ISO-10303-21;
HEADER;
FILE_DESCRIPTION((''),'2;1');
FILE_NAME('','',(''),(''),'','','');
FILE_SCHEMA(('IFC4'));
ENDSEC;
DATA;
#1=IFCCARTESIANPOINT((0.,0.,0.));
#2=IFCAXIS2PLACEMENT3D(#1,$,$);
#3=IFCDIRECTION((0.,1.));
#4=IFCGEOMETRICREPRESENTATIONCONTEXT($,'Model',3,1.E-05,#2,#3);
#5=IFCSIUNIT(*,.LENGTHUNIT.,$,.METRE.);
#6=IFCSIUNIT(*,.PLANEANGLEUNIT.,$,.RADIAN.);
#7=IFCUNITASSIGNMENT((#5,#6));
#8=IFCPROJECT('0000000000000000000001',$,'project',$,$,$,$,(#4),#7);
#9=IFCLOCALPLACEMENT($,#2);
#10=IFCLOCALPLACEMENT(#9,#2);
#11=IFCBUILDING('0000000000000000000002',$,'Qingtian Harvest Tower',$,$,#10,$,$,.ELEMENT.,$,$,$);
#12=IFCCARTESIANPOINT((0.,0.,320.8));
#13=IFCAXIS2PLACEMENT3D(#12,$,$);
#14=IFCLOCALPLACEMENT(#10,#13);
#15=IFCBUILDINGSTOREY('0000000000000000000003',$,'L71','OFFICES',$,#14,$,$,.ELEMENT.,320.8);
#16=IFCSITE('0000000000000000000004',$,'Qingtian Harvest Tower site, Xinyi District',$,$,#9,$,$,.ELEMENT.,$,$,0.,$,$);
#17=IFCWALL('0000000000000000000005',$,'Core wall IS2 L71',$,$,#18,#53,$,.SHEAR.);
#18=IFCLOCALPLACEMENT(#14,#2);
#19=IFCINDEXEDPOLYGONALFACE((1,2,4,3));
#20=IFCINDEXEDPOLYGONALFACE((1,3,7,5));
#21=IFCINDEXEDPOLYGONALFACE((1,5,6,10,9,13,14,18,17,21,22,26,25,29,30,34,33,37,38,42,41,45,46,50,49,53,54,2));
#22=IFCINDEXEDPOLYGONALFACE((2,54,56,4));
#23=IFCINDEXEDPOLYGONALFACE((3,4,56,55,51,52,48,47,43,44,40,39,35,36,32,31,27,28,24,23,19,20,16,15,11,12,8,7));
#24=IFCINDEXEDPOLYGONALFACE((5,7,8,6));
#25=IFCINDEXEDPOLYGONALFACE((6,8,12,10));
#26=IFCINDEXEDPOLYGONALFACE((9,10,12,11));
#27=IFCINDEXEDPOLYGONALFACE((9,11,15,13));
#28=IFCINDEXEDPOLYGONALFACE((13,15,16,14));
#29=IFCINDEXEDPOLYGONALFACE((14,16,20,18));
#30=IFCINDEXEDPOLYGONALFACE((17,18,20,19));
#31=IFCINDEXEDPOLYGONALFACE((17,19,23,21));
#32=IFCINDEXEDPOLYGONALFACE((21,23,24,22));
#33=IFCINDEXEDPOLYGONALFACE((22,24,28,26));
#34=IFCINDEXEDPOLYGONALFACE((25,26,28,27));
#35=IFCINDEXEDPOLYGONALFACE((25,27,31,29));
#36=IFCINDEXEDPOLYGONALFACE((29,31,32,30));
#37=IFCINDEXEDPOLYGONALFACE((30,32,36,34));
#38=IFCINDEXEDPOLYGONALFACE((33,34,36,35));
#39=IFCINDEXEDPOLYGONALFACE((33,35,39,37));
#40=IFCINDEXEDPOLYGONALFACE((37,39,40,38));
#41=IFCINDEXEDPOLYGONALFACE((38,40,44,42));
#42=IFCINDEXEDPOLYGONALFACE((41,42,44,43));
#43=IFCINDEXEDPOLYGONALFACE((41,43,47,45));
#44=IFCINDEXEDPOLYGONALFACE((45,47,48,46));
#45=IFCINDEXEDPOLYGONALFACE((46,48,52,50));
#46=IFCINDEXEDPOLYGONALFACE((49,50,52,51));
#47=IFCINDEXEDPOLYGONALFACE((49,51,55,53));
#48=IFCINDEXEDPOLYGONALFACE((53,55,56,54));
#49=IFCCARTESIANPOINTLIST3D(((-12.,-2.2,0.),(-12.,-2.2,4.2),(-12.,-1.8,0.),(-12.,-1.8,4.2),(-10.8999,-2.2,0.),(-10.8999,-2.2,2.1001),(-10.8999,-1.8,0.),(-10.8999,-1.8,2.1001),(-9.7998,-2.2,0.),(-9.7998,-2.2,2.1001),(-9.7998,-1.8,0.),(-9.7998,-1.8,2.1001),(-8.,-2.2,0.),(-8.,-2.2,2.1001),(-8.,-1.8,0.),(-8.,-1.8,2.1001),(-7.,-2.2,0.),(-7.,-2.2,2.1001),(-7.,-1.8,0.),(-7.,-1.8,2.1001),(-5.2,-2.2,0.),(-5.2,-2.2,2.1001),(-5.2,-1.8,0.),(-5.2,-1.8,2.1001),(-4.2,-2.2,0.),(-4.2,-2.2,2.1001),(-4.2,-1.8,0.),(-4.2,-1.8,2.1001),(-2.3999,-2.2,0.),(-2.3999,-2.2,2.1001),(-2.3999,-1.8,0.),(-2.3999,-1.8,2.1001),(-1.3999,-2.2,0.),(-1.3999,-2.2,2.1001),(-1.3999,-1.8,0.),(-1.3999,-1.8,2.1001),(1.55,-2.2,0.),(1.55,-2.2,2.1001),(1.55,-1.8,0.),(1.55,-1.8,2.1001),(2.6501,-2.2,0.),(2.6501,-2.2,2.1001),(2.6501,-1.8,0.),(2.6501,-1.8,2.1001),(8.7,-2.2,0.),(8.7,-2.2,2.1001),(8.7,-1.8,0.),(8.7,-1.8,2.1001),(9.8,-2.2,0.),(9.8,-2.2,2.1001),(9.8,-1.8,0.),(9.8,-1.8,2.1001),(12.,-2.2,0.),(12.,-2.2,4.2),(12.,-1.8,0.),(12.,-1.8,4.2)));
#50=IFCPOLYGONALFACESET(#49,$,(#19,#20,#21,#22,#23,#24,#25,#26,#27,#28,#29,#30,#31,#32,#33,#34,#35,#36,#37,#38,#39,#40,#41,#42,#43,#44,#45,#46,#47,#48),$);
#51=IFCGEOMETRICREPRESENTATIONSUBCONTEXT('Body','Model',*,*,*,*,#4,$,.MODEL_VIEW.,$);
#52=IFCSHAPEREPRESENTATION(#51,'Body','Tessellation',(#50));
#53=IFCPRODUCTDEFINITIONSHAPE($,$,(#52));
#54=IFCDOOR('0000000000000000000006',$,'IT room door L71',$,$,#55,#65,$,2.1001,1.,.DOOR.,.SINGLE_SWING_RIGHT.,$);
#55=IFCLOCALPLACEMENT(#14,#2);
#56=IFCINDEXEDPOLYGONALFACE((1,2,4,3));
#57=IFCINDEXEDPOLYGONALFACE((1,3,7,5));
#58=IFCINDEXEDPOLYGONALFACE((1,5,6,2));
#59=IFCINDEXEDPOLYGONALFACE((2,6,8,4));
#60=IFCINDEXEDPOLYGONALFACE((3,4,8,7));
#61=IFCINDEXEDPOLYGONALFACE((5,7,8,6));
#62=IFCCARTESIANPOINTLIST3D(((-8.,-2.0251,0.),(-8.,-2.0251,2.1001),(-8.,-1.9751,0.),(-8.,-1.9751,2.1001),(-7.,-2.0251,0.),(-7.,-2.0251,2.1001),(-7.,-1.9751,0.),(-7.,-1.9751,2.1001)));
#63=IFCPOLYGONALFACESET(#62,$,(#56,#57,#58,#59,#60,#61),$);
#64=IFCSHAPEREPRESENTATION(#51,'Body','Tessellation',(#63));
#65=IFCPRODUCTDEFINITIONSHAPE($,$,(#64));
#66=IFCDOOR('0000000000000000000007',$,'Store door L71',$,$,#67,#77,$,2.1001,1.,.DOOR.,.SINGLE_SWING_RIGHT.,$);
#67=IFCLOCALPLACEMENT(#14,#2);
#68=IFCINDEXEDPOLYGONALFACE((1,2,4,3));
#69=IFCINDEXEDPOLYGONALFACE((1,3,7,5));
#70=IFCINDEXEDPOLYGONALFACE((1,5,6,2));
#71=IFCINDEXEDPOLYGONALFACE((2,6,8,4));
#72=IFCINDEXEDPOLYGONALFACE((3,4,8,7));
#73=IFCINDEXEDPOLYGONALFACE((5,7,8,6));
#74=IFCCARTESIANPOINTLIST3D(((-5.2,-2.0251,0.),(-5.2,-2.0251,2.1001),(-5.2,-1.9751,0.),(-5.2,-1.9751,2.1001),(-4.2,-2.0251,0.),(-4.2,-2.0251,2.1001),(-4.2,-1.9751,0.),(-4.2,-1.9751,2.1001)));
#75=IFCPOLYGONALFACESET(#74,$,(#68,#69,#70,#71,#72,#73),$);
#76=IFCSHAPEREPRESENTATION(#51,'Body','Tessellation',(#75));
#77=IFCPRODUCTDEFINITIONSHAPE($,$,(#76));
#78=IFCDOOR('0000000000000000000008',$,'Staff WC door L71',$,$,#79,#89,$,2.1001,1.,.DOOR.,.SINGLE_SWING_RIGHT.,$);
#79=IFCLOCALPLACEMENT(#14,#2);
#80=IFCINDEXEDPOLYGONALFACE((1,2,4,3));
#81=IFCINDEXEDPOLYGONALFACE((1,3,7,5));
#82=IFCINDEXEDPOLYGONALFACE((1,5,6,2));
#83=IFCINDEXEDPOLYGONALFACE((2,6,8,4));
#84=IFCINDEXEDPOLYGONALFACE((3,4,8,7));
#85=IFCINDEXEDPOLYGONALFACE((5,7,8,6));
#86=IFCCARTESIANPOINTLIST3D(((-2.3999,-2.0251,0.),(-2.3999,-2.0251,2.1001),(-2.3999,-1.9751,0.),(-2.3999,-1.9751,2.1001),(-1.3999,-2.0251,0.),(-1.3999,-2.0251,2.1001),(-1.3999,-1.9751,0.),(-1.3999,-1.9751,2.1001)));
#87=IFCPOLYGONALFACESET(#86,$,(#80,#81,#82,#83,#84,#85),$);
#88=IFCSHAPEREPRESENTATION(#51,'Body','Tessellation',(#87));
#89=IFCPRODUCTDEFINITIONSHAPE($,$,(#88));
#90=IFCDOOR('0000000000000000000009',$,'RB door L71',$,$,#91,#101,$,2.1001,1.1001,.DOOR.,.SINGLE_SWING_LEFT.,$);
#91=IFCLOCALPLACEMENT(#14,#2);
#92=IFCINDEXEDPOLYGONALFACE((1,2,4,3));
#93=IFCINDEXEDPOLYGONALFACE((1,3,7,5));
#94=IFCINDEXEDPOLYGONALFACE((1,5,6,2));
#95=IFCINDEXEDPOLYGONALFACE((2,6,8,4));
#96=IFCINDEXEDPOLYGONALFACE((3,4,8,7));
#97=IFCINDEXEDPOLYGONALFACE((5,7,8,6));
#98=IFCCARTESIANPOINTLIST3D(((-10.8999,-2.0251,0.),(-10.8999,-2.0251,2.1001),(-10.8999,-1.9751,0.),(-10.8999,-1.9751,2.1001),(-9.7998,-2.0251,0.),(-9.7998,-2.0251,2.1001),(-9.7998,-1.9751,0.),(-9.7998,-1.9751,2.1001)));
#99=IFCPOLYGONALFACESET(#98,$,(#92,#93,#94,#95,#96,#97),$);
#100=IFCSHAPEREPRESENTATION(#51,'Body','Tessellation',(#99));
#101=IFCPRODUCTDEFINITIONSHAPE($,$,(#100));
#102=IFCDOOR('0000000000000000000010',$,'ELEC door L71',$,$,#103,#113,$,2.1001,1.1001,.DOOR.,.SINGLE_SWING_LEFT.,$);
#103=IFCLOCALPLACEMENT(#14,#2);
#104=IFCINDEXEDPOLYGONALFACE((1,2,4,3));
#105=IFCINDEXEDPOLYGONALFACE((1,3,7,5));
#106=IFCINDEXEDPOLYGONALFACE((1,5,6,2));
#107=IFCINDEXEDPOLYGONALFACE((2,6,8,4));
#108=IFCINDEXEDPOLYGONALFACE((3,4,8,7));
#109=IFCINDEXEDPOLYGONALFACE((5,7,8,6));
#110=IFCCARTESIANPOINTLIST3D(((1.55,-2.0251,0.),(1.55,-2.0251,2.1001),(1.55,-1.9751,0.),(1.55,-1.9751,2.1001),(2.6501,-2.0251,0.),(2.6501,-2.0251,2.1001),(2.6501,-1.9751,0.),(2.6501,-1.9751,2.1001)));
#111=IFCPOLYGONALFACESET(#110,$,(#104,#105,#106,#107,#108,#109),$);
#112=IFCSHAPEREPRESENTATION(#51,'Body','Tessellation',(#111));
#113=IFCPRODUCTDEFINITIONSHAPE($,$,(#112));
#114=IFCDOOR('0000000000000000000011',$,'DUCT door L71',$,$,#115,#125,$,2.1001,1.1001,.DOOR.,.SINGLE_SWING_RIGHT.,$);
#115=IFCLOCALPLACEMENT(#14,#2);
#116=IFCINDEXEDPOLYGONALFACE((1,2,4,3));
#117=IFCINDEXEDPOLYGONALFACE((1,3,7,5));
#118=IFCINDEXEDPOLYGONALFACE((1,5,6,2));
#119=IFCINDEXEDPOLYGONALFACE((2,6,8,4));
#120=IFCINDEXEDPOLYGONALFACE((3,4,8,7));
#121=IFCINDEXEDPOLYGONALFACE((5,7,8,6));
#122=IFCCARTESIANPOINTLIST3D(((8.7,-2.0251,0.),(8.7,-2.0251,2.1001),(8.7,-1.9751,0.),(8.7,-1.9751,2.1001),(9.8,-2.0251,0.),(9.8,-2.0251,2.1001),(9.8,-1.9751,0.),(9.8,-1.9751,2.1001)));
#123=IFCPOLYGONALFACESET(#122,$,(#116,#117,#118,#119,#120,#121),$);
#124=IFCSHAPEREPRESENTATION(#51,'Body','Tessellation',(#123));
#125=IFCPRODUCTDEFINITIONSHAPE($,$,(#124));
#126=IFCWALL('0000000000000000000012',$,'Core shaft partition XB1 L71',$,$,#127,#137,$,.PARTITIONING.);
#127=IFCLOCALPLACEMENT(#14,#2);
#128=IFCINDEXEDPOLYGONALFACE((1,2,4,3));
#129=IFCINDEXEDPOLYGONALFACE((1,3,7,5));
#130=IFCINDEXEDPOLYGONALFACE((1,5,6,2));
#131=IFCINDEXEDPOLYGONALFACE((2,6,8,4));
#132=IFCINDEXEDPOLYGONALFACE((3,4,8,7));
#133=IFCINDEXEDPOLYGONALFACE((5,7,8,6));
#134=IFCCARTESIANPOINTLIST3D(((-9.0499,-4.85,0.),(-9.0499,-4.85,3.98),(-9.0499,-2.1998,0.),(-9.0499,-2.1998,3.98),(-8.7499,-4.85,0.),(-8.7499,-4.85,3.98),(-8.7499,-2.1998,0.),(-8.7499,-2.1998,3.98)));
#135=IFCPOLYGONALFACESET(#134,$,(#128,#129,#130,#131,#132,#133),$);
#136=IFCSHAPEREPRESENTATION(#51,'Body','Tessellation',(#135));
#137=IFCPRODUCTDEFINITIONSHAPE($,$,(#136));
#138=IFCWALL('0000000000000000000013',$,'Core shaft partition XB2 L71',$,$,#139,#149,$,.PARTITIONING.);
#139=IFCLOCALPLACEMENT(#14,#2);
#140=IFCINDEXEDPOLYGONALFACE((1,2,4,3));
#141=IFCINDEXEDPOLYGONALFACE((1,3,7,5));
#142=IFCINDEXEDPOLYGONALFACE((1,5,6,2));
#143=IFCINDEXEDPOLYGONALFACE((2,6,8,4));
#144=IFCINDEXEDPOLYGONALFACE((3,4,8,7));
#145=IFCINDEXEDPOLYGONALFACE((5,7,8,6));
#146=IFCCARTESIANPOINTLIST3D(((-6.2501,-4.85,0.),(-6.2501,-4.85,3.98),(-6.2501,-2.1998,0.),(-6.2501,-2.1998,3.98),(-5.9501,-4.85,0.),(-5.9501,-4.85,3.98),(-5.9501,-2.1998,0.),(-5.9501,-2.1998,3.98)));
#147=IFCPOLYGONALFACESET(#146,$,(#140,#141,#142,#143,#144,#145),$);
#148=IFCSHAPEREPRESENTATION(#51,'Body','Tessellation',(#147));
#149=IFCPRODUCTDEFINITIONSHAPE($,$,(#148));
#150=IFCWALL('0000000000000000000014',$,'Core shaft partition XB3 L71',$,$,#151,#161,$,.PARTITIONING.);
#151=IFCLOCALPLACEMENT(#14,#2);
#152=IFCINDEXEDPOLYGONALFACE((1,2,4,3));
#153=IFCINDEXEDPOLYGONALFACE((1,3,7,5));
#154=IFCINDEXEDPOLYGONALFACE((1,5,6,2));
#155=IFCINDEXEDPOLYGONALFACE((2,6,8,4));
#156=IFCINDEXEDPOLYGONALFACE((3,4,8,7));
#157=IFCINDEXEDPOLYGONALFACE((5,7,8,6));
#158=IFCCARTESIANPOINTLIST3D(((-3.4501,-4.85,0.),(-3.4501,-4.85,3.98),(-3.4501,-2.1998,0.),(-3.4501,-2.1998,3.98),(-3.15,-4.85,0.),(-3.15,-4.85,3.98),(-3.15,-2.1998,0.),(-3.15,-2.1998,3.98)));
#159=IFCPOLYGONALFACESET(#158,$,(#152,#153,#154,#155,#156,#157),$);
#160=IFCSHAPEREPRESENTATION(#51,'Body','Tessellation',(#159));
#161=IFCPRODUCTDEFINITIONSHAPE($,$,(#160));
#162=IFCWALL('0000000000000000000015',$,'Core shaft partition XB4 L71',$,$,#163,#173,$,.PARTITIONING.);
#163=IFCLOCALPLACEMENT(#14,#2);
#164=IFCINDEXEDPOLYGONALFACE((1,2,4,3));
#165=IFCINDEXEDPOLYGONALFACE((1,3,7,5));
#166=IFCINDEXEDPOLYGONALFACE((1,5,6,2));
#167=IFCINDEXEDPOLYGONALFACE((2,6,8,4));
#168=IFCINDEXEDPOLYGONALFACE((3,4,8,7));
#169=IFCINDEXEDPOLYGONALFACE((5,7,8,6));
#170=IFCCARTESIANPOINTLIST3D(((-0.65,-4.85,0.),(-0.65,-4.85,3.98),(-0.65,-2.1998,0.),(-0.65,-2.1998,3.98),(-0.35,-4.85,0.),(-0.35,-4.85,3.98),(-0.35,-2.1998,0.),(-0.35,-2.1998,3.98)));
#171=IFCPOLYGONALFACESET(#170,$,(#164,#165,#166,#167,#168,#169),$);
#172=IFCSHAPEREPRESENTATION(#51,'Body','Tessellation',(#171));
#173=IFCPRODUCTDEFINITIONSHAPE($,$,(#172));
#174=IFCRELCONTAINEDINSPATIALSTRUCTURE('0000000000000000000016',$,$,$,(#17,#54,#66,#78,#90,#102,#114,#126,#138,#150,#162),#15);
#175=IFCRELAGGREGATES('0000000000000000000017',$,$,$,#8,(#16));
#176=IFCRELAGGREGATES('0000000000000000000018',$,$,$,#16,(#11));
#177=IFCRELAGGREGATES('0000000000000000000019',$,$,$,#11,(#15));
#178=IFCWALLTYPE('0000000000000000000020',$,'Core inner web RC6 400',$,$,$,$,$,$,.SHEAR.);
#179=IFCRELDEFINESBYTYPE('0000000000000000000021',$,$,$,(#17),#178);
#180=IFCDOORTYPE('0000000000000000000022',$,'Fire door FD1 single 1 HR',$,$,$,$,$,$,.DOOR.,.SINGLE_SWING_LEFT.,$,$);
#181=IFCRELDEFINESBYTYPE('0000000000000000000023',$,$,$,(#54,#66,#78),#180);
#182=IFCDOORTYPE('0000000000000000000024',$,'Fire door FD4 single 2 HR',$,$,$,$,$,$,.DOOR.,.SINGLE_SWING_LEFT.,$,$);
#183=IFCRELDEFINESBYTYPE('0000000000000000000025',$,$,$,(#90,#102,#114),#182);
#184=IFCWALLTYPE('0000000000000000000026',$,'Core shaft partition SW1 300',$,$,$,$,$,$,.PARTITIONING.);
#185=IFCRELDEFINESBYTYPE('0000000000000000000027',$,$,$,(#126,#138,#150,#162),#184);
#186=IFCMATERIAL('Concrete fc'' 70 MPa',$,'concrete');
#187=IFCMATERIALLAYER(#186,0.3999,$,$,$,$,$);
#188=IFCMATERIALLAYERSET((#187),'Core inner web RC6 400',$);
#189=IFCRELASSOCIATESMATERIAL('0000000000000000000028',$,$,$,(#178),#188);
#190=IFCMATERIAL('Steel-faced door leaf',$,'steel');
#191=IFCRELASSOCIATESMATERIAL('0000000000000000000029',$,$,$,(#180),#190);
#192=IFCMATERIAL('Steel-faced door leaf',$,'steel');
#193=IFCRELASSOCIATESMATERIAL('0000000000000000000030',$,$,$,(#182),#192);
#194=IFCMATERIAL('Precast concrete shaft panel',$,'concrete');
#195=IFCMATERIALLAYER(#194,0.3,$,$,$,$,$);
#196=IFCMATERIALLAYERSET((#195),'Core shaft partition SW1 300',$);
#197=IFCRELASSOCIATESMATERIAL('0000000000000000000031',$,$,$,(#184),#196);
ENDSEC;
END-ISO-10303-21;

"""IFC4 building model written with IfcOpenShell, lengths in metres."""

from ifc_helpers import new_model, si_unit, direction, frame, frame_2d, origin, place, context, subcontext, project, spatial, rectangle, extrude, material, layer, layer_set, type_object, element, fill, save


model = new_model("IFC4")

# Units and contexts
model_context = context("Model", 3, precision=1e-05, world=origin(), true_north=direction((0.0, 1.0)))
body_context = subcontext(model_context, "Body", "Model", "MODEL_VIEW")
ifc_project = project(units=[si_unit("LENGTHUNIT", "METRE"), si_unit("PLANEANGLEUNIT", "RADIAN")], contexts=[model_context])

# Site, building, storey
site_placement = place(None, origin())
site = spatial("IfcSite", under=ifc_project, at=site_placement, Name="Qingtian Harvest Tower site, Xinyi District", CompositionType="ELEMENT", RefElevation=0.0)
building_placement = place(site_placement, origin())
building = spatial("IfcBuilding", under=site, at=building_placement, Name="Qingtian Harvest Tower", CompositionType="ELEMENT")
storey_placement = place(building_placement, frame((0.0, 0.0, 320.8)))
storey = spatial("IfcBuildingStorey", under=building, at=storey_placement, Name="L71", Description="OFFICES", CompositionType="ELEMENT", Elevation=320.8)

# Wall, openings, doors
ifc_material_1 = material(Name="Concrete fc' 70 MPa", Category="concrete")
ifc_layer_1 = layer(ifc_material_1, 0.3999)
ifc_layer_set_1 = layer_set([ifc_layer_1], Name="Core inner web RC6 400")
wall_type_1 = type_object("IfcWallType", Name="Core inner web RC6 400", PredefinedType="SHEAR", material=ifc_layer_set_1)
wall_1_placement = place(storey_placement, frame((-12.0, -2.0, 0.0), z_axis=(0.0, 0.0, 1.0), x_axis=(1.0, 0.0, 0.0)))
wall_1 = element("IfcWall", 1, at=wall_1_placement, inside=storey, type_object=wall_type_1, Name="Core wall IS2 L71", PredefinedType="SHEAR", context=body_context, shape_type="SweptSolid", body=[
    extrude(rectangle(XDim=24.0, YDim=0.3999, at=frame_2d((12.0, 0.0))), origin(), (0.0, 0.0, 1.0), 4.2),
])
opening_1_placement = place(wall_1_placement, frame((1.1001, 0.0, 0.0)))
opening_1 = element("IfcOpeningElement", 2, at=opening_1_placement, cuts=wall_1, PredefinedType="OPENING", context=body_context, shape_type="SweptSolid", body=[
    extrude(rectangle(XDim=1.1001, YDim=2.1001, at=frame_2d((0.55, 1.05))), frame((0.0, 0.21, 0.0), z_axis=(0.0, -1.0, 0.0), x_axis=(1.0, 0.0, 0.0)), (0.0, 0.0, 1.0), 0.4199),
])
opening_2_placement = place(wall_1_placement, frame((13.55, 0.0, 0.0)))
opening_2 = element("IfcOpeningElement", 3, at=opening_2_placement, cuts=wall_1, PredefinedType="OPENING", context=body_context, shape_type="SweptSolid", body=[
    extrude(rectangle(XDim=1.1001, YDim=2.1001, at=frame_2d((0.55, 1.05))), frame((0.0, 0.21, 0.0), z_axis=(0.0, -1.0, 0.0), x_axis=(1.0, 0.0, 0.0)), (0.0, 0.0, 1.0), 0.4199),
])
opening_3_placement = place(wall_1_placement, frame((20.7, 0.0, 0.0)))
opening_3 = element("IfcOpeningElement", 4, at=opening_3_placement, cuts=wall_1, PredefinedType="OPENING", context=body_context, shape_type="SweptSolid", body=[
    extrude(rectangle(XDim=1.1001, YDim=2.1001, at=frame_2d((0.55, 1.05))), frame((0.0, 0.21, 0.0), z_axis=(0.0, -1.0, 0.0), x_axis=(1.0, 0.0, 0.0)), (0.0, 0.0, 1.0), 0.4199),
])
opening_4_placement = place(wall_1_placement, frame((4.0, 0.0, 0.0)))
opening_4 = element("IfcOpeningElement", 5, at=opening_4_placement, cuts=wall_1, PredefinedType="OPENING", context=body_context, shape_type="SweptSolid", body=[
    extrude(rectangle(XDim=1.0, YDim=2.1001, at=frame_2d((0.5, 1.05))), frame((0.0, 0.21, 0.0), z_axis=(0.0, -1.0, 0.0), x_axis=(1.0, 0.0, 0.0)), (0.0, 0.0, 1.0), 0.4199),
])
opening_5_placement = place(wall_1_placement, frame((6.8, 0.0, 0.0)))
opening_5 = element("IfcOpeningElement", 6, at=opening_5_placement, cuts=wall_1, PredefinedType="OPENING", context=body_context, shape_type="SweptSolid", body=[
    extrude(rectangle(XDim=1.0, YDim=2.1001, at=frame_2d((0.5, 1.05))), frame((0.0, 0.21, 0.0), z_axis=(0.0, -1.0, 0.0), x_axis=(1.0, 0.0, 0.0)), (0.0, 0.0, 1.0), 0.4199),
])
opening_6_placement = place(wall_1_placement, frame((9.6001, 0.0, 0.0)))
opening_6 = element("IfcOpeningElement", 7, at=opening_6_placement, cuts=wall_1, PredefinedType="OPENING", context=body_context, shape_type="SweptSolid", body=[
    extrude(rectangle(XDim=1.0, YDim=2.1001, at=frame_2d((0.5, 1.05))), frame((0.0, 0.21, 0.0), z_axis=(0.0, -1.0, 0.0), x_axis=(1.0, 0.0, 0.0)), (0.0, 0.0, 1.0), 0.4199),
])
ifc_material_2 = material(Name="Steel-faced door leaf", Category="steel")
door_type_1 = type_object("IfcDoorType", Name="Fire door FD1 single 1 HR", OperationType="SINGLE_SWING_LEFT", PredefinedType="DOOR", material=ifc_material_2)
door_1_placement = place(opening_4_placement, origin())
door_1 = element("IfcDoor", 8, at=door_1_placement, inside=storey, type_object=door_type_1, Name="IT room door L71", OperationType="SINGLE_SWING_RIGHT", OverallHeight=2.1001, OverallWidth=1.0, PredefinedType="DOOR", context=body_context, shape_type="SweptSolid", body=[
    extrude(rectangle(XDim=1.0, YDim=2.1001, at=frame_2d((0.5, 1.05))), frame((0.0, 0.0249, 0.0), z_axis=(0.0, -1.0, 0.0), x_axis=(1.0, 0.0, 0.0)), (0.0, 0.0, 1.0), 0.05),
])
fill(opening_4, door_1)
door_2_placement = place(opening_5_placement, origin())
door_2 = element("IfcDoor", 9, at=door_2_placement, inside=storey, type_object=door_type_1, Name="Store door L71", OperationType="SINGLE_SWING_RIGHT", OverallHeight=2.1001, OverallWidth=1.0, PredefinedType="DOOR", context=body_context, shape_type="SweptSolid", body=[
    extrude(rectangle(XDim=1.0, YDim=2.1001, at=frame_2d((0.5, 1.05))), frame((0.0, 0.0249, 0.0), z_axis=(0.0, -1.0, 0.0), x_axis=(1.0, 0.0, 0.0)), (0.0, 0.0, 1.0), 0.05),
])
fill(opening_5, door_2)
door_3_placement = place(opening_6_placement, origin())
door_3 = element("IfcDoor", 10, at=door_3_placement, inside=storey, type_object=door_type_1, Name="Staff WC door L71", OperationType="SINGLE_SWING_RIGHT", OverallHeight=2.1001, OverallWidth=1.0, PredefinedType="DOOR", context=body_context, shape_type="SweptSolid", body=[
    extrude(rectangle(XDim=1.0, YDim=2.1001, at=frame_2d((0.5, 1.05))), frame((0.0, 0.0249, 0.0), z_axis=(0.0, -1.0, 0.0), x_axis=(1.0, 0.0, 0.0)), (0.0, 0.0, 1.0), 0.05),
])
fill(opening_6, door_3)
ifc_material_3 = material(Name="Steel-faced door leaf", Category="steel")
door_type_2 = type_object("IfcDoorType", Name="Fire door FD4 single 2 HR", OperationType="SINGLE_SWING_LEFT", PredefinedType="DOOR", material=ifc_material_3)
door_4_placement = place(opening_1_placement, origin())
door_4 = element("IfcDoor", 11, at=door_4_placement, inside=storey, type_object=door_type_2, Name="RB door L71", OperationType="SINGLE_SWING_LEFT", OverallHeight=2.1001, OverallWidth=1.1001, PredefinedType="DOOR", context=body_context, shape_type="SweptSolid", body=[
    extrude(rectangle(XDim=1.1001, YDim=2.1001, at=frame_2d((0.55, 1.05))), frame((0.0, 0.0249, 0.0), z_axis=(0.0, -1.0, 0.0), x_axis=(1.0, 0.0, 0.0)), (0.0, 0.0, 1.0), 0.05),
])
fill(opening_1, door_4)
door_5_placement = place(opening_2_placement, origin())
door_5 = element("IfcDoor", 12, at=door_5_placement, inside=storey, type_object=door_type_2, Name="ELEC door L71", OperationType="SINGLE_SWING_LEFT", OverallHeight=2.1001, OverallWidth=1.1001, PredefinedType="DOOR", context=body_context, shape_type="SweptSolid", body=[
    extrude(rectangle(XDim=1.1001, YDim=2.1001, at=frame_2d((0.55, 1.05))), frame((0.0, 0.0249, 0.0), z_axis=(0.0, -1.0, 0.0), x_axis=(1.0, 0.0, 0.0)), (0.0, 0.0, 1.0), 0.05),
])
fill(opening_2, door_5)
door_6_placement = place(opening_3_placement, origin())
door_6 = element("IfcDoor", 13, at=door_6_placement, inside=storey, type_object=door_type_2, Name="DUCT door L71", OperationType="SINGLE_SWING_RIGHT", OverallHeight=2.1001, OverallWidth=1.1001, PredefinedType="DOOR", context=body_context, shape_type="SweptSolid", body=[
    extrude(rectangle(XDim=1.1001, YDim=2.1001, at=frame_2d((0.55, 1.05))), frame((0.0, 0.0249, 0.0), z_axis=(0.0, -1.0, 0.0), x_axis=(1.0, 0.0, 0.0)), (0.0, 0.0, 1.0), 0.05),
])
fill(opening_3, door_6)

# Walls
ifc_material_4 = material(Name="Precast concrete shaft panel", Category="concrete")
ifc_layer_2 = layer(ifc_material_4, 0.3)
ifc_layer_set_2 = layer_set([ifc_layer_2], Name="Core shaft partition SW1 300")
wall_type_2 = type_object("IfcWallType", Name="Core shaft partition SW1 300", PredefinedType="PARTITIONING", material=ifc_layer_set_2)
for number, where, z_axis, x_axis, name in (
    (14, (-8.8999, -4.8501, 0.0), (0.0, 0.0, 1.0), (0.0, 1.0, 0.0), "Core shaft partition XB1 L71"),
    (15, (-6.1001, -4.8501, 0.0), (0.0, 0.0, 1.0), (0.0, 1.0, 0.0), "Core shaft partition XB2 L71"),
    (16, (-3.3, -4.8501, 0.0), (0.0, 0.0, 1.0), (0.0, 1.0, 0.0), "Core shaft partition XB3 L71"),
    (17, (-0.5, -4.8501, 0.0), (0.0, 0.0, 1.0), (0.0, 1.0, 0.0), "Core shaft partition XB4 L71"),
):
    element("IfcWall", number, at=place(storey_placement, frame(where, z_axis=z_axis, x_axis=x_axis)), inside=storey, type_object=wall_type_2, Name=name, PredefinedType="PARTITIONING", context=body_context, shape_type="SweptSolid", body=[
        extrude(rectangle(XDim=2.6501, YDim=0.3, at=frame_2d((1.3252, 0.0))), origin(), (0.0, 0.0, 1.0), 3.98),
    ])

save(model, "model.ifc")
